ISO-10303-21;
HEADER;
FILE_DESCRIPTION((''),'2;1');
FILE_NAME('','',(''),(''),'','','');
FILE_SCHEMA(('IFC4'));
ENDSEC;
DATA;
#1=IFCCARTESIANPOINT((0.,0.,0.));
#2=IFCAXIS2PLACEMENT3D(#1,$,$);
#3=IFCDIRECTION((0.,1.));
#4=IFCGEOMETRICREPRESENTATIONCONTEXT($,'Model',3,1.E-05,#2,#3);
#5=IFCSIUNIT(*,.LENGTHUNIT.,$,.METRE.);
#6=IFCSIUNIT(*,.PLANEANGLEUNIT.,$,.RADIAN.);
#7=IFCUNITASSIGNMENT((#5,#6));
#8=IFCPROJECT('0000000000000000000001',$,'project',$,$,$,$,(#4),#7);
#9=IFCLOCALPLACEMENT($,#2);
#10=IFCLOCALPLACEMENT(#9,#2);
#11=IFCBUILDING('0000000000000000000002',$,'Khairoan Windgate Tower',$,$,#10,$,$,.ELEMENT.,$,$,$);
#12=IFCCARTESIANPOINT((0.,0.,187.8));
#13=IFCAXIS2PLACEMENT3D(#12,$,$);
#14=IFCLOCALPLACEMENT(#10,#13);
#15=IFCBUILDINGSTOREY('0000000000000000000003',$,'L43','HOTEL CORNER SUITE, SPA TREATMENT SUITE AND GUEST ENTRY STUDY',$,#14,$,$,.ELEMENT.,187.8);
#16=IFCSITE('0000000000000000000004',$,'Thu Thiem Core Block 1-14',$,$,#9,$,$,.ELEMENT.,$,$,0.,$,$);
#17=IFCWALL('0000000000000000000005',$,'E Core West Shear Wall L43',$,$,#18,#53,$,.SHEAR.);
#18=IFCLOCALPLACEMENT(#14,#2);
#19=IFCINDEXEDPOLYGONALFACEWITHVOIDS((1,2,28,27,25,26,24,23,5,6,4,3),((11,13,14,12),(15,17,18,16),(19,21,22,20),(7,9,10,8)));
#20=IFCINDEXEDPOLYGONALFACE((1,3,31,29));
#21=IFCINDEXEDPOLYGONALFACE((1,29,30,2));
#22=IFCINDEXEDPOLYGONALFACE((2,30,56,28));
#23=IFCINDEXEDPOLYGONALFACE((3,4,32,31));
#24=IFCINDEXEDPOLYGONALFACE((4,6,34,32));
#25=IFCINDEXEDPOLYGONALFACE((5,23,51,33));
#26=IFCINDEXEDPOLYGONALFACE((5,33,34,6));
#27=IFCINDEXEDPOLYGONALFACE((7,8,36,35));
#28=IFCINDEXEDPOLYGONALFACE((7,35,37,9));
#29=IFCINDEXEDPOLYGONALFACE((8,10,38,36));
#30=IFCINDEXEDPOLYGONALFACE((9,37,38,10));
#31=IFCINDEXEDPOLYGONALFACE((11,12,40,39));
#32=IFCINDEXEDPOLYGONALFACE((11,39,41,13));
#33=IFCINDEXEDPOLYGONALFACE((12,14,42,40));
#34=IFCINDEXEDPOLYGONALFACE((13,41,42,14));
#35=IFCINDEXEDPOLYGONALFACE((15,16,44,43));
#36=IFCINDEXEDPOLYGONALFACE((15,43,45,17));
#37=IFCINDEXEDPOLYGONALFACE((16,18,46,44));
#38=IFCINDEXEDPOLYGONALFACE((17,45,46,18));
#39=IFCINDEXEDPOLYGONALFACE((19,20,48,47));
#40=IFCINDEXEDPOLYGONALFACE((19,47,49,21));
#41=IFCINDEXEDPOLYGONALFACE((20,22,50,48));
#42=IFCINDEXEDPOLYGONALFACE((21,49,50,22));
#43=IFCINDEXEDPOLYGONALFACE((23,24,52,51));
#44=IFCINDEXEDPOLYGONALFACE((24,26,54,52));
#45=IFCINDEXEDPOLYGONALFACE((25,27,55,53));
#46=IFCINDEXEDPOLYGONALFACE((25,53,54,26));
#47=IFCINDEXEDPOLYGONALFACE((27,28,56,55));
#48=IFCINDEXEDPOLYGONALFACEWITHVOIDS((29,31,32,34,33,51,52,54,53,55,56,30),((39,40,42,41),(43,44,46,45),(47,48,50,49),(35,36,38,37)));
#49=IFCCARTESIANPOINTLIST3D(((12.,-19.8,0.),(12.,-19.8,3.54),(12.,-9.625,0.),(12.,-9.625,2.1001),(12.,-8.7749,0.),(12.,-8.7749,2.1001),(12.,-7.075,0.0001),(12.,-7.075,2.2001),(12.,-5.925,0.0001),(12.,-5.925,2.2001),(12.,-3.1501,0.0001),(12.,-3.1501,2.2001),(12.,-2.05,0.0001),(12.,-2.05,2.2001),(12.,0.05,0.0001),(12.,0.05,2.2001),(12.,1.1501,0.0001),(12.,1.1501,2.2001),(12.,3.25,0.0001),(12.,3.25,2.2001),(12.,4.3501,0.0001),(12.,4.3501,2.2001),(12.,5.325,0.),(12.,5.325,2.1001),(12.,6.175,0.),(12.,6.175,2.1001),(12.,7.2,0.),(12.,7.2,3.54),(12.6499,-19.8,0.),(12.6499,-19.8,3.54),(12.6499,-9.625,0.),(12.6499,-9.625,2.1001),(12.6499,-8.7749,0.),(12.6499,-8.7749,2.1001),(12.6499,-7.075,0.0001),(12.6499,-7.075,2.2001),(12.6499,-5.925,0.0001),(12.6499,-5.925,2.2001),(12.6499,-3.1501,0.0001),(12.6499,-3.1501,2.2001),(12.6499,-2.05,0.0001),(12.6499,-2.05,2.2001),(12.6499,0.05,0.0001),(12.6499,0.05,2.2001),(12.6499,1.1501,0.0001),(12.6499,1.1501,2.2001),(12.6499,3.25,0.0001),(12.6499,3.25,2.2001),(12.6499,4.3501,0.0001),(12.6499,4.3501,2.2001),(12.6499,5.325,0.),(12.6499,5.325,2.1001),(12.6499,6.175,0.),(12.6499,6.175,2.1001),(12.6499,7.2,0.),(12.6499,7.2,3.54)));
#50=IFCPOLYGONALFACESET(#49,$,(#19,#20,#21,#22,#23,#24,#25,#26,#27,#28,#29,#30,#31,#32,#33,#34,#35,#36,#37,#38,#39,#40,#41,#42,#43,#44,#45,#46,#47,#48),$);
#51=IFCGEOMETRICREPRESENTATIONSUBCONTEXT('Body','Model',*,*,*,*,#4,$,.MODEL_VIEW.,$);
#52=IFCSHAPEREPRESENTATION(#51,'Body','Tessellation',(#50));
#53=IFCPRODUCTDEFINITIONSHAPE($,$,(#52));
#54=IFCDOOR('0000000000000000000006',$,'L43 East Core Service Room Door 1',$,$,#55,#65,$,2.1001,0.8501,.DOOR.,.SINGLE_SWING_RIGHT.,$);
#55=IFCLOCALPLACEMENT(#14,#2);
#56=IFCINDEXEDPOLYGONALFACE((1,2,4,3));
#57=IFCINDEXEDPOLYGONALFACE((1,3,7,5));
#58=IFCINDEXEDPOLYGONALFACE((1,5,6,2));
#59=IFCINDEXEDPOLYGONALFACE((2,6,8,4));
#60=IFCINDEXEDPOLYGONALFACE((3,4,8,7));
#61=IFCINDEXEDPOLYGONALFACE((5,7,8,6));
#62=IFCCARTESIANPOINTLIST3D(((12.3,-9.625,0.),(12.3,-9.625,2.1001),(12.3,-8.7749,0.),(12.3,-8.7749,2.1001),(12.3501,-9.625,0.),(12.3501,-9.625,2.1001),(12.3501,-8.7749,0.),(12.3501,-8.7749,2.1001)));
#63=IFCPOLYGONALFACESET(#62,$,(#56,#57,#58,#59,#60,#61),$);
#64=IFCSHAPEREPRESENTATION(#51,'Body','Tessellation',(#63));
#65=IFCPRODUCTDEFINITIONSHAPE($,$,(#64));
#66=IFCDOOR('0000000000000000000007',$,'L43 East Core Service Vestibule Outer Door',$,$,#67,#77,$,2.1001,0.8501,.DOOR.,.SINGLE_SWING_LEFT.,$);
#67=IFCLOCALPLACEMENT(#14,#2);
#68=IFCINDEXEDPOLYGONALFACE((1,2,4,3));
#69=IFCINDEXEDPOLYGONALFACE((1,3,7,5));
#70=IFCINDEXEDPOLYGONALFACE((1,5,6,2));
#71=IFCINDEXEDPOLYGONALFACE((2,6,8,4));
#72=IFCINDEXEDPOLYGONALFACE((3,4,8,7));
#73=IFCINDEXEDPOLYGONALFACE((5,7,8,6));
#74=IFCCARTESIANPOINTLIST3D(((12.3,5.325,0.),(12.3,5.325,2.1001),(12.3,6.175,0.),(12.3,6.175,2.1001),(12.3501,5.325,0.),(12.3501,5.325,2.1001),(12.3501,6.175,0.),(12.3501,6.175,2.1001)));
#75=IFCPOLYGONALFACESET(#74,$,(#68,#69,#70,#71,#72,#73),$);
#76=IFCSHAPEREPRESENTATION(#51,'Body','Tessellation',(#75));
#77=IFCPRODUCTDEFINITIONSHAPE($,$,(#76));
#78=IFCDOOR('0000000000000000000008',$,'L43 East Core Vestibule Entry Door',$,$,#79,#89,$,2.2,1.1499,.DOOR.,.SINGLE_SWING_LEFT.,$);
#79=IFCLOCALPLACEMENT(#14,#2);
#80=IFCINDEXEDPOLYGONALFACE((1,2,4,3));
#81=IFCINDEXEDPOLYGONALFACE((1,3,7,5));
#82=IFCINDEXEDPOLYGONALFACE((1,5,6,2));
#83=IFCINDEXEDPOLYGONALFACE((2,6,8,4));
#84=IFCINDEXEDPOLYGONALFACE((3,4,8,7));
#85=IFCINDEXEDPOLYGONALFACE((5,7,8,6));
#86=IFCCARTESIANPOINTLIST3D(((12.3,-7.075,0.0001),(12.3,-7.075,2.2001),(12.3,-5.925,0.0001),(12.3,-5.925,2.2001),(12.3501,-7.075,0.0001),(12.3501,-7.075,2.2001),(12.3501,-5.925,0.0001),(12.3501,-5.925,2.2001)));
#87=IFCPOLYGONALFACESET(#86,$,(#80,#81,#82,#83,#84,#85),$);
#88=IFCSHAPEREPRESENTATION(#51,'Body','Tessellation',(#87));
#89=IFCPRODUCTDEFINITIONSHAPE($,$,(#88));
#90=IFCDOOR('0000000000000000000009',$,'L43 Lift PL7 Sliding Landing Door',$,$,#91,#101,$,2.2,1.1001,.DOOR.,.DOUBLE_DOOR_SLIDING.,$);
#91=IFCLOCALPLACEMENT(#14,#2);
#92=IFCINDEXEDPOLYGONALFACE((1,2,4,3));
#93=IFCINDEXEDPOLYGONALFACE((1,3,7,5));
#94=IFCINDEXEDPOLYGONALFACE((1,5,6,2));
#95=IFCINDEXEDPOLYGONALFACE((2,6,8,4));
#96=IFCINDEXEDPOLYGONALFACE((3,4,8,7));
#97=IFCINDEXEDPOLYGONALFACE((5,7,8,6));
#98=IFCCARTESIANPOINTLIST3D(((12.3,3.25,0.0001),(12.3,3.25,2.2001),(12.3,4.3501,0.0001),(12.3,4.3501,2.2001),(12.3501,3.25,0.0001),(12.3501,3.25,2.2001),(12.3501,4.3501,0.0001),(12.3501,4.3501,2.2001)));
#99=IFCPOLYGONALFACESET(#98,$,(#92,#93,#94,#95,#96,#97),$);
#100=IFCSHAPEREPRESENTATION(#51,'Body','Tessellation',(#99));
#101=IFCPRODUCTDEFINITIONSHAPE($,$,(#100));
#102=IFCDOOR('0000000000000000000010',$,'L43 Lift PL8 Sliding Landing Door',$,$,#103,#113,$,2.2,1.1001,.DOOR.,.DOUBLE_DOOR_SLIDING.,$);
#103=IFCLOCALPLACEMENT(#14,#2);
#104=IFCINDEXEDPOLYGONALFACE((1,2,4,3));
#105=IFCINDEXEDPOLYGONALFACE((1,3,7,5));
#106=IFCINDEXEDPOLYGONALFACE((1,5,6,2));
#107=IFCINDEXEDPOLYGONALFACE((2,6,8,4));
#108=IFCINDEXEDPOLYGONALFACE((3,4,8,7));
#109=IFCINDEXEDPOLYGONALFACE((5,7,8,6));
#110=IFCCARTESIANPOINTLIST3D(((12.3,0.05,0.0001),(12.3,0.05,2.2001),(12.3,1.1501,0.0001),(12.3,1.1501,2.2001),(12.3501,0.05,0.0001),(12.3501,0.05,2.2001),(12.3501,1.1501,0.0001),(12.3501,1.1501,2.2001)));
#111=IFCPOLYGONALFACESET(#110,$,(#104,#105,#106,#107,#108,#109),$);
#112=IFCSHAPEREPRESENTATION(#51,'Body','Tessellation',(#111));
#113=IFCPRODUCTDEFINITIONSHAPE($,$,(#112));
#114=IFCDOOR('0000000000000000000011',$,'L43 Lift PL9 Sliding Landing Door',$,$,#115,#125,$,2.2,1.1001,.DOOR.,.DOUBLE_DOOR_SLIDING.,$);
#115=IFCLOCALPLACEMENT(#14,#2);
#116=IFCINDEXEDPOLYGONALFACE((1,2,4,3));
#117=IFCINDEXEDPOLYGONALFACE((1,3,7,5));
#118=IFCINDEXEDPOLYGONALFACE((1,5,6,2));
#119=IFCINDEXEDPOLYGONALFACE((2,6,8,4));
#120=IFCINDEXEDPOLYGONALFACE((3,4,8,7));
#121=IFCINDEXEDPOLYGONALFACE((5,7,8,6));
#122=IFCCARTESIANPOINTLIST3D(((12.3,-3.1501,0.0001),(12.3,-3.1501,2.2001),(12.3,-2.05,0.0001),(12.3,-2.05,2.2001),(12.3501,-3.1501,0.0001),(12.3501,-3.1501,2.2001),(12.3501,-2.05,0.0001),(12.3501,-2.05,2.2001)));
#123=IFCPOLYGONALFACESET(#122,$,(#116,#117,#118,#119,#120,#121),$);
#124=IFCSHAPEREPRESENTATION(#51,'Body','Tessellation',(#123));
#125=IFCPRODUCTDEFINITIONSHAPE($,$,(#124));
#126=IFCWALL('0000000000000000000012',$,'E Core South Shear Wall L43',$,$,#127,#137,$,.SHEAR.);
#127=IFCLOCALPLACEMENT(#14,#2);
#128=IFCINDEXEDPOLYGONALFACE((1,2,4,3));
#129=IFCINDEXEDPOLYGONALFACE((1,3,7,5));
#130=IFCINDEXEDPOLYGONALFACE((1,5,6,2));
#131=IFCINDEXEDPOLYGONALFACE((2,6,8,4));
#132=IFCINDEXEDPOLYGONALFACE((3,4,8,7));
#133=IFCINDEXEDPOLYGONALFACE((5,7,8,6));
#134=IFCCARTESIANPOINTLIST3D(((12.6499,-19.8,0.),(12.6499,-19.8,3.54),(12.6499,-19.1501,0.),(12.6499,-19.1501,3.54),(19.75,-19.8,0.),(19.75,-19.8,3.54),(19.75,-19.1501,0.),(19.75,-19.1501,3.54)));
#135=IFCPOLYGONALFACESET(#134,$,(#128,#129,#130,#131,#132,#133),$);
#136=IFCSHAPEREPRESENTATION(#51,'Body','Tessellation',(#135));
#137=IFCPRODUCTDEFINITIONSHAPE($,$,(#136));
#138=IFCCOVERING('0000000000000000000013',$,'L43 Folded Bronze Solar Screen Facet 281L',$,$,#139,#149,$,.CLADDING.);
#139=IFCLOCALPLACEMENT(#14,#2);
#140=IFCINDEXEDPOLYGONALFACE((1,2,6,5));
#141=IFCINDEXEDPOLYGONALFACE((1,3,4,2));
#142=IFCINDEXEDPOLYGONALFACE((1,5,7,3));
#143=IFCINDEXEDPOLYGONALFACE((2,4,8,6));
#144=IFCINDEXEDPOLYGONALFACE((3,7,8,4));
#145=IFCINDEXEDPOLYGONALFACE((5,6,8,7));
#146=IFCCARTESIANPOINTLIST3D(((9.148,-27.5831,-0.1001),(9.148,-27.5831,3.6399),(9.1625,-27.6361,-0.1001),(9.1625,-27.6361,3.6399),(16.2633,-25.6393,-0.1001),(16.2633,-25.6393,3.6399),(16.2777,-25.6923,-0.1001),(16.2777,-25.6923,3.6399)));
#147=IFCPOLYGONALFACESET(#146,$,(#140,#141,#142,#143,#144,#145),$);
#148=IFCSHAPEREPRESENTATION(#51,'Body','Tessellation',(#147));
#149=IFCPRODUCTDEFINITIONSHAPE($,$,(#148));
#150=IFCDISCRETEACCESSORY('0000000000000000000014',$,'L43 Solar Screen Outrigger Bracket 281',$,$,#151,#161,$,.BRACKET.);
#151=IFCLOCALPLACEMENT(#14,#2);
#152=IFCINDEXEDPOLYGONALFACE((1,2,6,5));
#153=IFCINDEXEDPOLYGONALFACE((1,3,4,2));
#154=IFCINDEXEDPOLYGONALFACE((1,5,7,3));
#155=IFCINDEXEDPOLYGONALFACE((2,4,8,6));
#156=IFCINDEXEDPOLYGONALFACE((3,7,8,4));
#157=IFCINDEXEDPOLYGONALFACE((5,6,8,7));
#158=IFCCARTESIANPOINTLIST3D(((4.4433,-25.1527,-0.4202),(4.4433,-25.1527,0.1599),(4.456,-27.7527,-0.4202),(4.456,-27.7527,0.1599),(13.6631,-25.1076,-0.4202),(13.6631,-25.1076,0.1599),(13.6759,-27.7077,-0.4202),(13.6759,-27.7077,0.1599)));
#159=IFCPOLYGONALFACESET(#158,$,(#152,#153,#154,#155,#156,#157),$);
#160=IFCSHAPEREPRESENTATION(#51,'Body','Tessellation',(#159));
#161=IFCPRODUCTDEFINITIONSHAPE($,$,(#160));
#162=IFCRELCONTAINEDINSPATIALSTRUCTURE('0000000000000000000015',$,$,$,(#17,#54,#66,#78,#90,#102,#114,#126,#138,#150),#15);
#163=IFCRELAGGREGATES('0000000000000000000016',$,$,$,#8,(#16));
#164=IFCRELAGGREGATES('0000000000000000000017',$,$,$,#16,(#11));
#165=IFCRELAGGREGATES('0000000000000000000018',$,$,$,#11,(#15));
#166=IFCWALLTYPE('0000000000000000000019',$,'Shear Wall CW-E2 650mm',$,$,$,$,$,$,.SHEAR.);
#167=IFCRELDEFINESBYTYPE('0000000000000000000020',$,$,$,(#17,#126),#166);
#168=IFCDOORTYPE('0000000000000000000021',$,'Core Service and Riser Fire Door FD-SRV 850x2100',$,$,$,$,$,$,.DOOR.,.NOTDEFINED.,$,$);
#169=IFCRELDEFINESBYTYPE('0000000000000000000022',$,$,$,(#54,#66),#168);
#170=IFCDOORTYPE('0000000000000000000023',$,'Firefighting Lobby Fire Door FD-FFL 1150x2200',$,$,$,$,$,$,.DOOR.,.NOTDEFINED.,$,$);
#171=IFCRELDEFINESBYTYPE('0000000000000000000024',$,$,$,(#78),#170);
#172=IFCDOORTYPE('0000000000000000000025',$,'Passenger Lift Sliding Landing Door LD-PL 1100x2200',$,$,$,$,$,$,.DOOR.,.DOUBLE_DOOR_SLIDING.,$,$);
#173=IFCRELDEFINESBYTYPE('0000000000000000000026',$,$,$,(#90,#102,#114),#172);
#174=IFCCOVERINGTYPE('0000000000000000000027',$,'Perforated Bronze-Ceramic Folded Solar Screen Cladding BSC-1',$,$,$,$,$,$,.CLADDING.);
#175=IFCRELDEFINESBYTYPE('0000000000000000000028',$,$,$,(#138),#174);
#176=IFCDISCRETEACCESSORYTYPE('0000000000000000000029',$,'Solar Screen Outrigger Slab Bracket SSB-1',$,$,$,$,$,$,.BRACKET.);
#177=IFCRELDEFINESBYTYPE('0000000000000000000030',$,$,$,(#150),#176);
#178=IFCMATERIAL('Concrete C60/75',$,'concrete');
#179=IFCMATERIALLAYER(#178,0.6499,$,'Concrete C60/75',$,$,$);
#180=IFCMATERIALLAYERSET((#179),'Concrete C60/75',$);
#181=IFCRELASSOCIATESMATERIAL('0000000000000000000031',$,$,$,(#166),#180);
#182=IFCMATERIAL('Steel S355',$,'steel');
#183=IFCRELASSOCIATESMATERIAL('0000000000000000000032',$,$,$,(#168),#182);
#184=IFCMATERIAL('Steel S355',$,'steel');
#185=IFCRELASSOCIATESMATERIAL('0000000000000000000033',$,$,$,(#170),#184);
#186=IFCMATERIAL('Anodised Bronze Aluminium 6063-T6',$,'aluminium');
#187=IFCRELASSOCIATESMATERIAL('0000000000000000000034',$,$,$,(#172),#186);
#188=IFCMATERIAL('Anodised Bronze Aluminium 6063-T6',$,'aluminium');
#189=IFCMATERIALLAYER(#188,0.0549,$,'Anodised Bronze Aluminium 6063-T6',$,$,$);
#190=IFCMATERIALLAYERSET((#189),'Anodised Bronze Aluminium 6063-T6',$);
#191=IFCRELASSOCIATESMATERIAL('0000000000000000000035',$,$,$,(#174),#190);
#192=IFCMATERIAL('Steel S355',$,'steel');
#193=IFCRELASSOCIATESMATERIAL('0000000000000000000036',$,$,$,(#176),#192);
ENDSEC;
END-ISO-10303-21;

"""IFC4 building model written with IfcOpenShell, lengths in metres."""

from ifc_helpers import new_model, si_unit, direction, frame, frame_2d, origin, origin_2d, place, context, subcontext, project, spatial, rectangle, extrude, material, layer, layer_set, type_object, element, fill, save


model = new_model("IFC4")

# Units and contexts
model_context = context("Model", 3, precision=1e-05, world=origin(), true_north=direction((0.0, 1.0)))
body_context = subcontext(model_context, "Body", "Model", "MODEL_VIEW")
ifc_project = project(units=[si_unit("LENGTHUNIT", "METRE"), si_unit("PLANEANGLEUNIT", "RADIAN")], contexts=[model_context])

# Site, building, storey
site_placement = place(None, origin())
site = spatial("IfcSite", under=ifc_project, at=site_placement, Name="Thu Thiem Core Block 1-14", CompositionType="ELEMENT", RefElevation=0.0)
building_placement = place(site_placement, origin())
building = spatial("IfcBuilding", under=site, at=building_placement, Name="Khairoan Windgate Tower", CompositionType="ELEMENT")
storey_placement = place(building_placement, frame((0.0, 0.0, 187.8)))
storey = spatial("IfcBuildingStorey", under=building, at=storey_placement, Name="L43", Description="HOTEL CORNER SUITE, SPA TREATMENT SUITE AND GUEST ENTRY STUDY", CompositionType="ELEMENT", Elevation=187.8)

# Wall, openings, doors
ifc_material_1 = material(Name="Concrete C60/75", Category="concrete")
ifc_layer_1 = layer(ifc_material_1, 0.6499, Name="Concrete C60/75")
ifc_layer_set_1 = layer_set([ifc_layer_1], Name="Concrete C60/75")
wall_type_1 = type_object("IfcWallType", Name="Shear Wall CW-E2 650mm", PredefinedType="SHEAR", material=ifc_layer_set_1)
wall_1_placement = place(storey_placement, frame((12.325, -19.8, 0.0), z_axis=(0.0, 0.0, 1.0), x_axis=(0.0, 1.0, 0.0)))
wall_1 = element("IfcWall", 1, at=wall_1_placement, inside=storey, type_object=wall_type_1, Name="E Core West Shear Wall L43", PredefinedType="SHEAR", context=body_context, shape_type="SweptSolid", body=[
    extrude(rectangle(XDim=27.0, YDim=0.6499, at=frame_2d((13.5, 0.0))), origin(), (0.0, 0.0, 1.0), 3.54),
])
opening_1_placement = place(wall_1_placement, frame((23.05, 0.0, 0.0)))
opening_1 = element("IfcOpeningElement", 2, at=opening_1_placement, cuts=wall_1, PredefinedType="OPENING", context=body_context, shape_type="SweptSolid", body=[
    extrude(rectangle(XDim=1.1001, YDim=2.2, at=frame_2d((0.55, 1.1001))), frame((0.0, 0.335, 0.0), z_axis=(0.0, -1.0, 0.0), x_axis=(1.0, 0.0, 0.0)), (0.0, 0.0, 1.0), 0.6699),
])
opening_2_placement = place(wall_1_placement, frame((19.8501, 0.0, 0.0)))
opening_2 = element("IfcOpeningElement", 3, at=opening_2_placement, cuts=wall_1, PredefinedType="OPENING", context=body_context, shape_type="SweptSolid", body=[
    extrude(rectangle(XDim=1.1001, YDim=2.2, at=frame_2d((0.55, 1.1001))), frame((0.0, 0.335, 0.0), z_axis=(0.0, -1.0, 0.0), x_axis=(1.0, 0.0, 0.0)), (0.0, 0.0, 1.0), 0.6699),
])
opening_3_placement = place(wall_1_placement, frame((16.6499, 0.0, 0.0)))
opening_3 = element("IfcOpeningElement", 4, at=opening_3_placement, cuts=wall_1, PredefinedType="OPENING", context=body_context, shape_type="SweptSolid", body=[
    extrude(rectangle(XDim=1.1001, YDim=2.2, at=frame_2d((0.55, 1.1001))), frame((0.0, 0.335, 0.0), z_axis=(0.0, -1.0, 0.0), x_axis=(1.0, 0.0, 0.0)), (0.0, 0.0, 1.0), 0.6699),
])
opening_4_placement = place(wall_1_placement, frame((10.175, 0.0, 0.0)))
opening_4 = element("IfcOpeningElement", 5, at=opening_4_placement, cuts=wall_1, PredefinedType="OPENING", context=body_context, shape_type="SweptSolid", body=[
    extrude(rectangle(XDim=0.8501, YDim=2.1001, at=frame_2d((0.425, 1.05))), frame((0.0, 0.335, 0.0), z_axis=(0.0, -1.0, 0.0), x_axis=(1.0, 0.0, 0.0)), (0.0, 0.0, 1.0), 0.6699),
])
opening_5_placement = place(wall_1_placement, frame((12.7251, 0.0, 0.0)))
opening_5 = element("IfcOpeningElement", 6, at=opening_5_placement, cuts=wall_1, PredefinedType="OPENING", context=body_context, shape_type="SweptSolid", body=[
    extrude(rectangle(XDim=1.1499, YDim=2.2, at=frame_2d((0.575, 1.1001))), frame((0.0, 0.335, 0.0), z_axis=(0.0, -1.0, 0.0), x_axis=(1.0, 0.0, 0.0)), (0.0, 0.0, 1.0), 0.6699),
])
opening_6_placement = place(wall_1_placement, frame((25.125, 0.0, 0.0)))
opening_6 = element("IfcOpeningElement", 7, at=opening_6_placement, cuts=wall_1, PredefinedType="OPENING", context=body_context, shape_type="SweptSolid", body=[
    extrude(rectangle(XDim=0.8501, YDim=2.1001, at=frame_2d((0.425, 1.05))), frame((0.0, 0.335, 0.0), z_axis=(0.0, -1.0, 0.0), x_axis=(1.0, 0.0, 0.0)), (0.0, 0.0, 1.0), 0.6699),
])
ifc_material_2 = material(Name="Steel S355", Category="steel")
door_type_1 = type_object("IfcDoorType", Name="Core Service and Riser Fire Door FD-SRV 850x2100", OperationType="NOTDEFINED", PredefinedType="DOOR", material=ifc_material_2)
door_1_placement = place(opening_4_placement, origin())
door_1 = element("IfcDoor", 8, at=door_1_placement, inside=storey, type_object=door_type_1, Name="L43 East Core Service Room Door 1", OperationType="SINGLE_SWING_RIGHT", OverallHeight=2.1001, OverallWidth=0.8501, PredefinedType="DOOR", context=body_context, shape_type="SweptSolid", body=[
    extrude(rectangle(XDim=0.8501, YDim=2.1001, at=frame_2d((0.425, 1.05))), frame((0.0, 0.0249, 0.0), z_axis=(0.0, -1.0, 0.0), x_axis=(1.0, 0.0, 0.0)), (0.0, 0.0, 1.0), 0.05),
])
fill(opening_4, door_1)
door_2_placement = place(opening_6_placement, origin())
door_2 = element("IfcDoor", 9, at=door_2_placement, inside=storey, type_object=door_type_1, Name="L43 East Core Service Vestibule Outer Door", OperationType="SINGLE_SWING_LEFT", OverallHeight=2.1001, OverallWidth=0.8501, PredefinedType="DOOR", context=body_context, shape_type="SweptSolid", body=[
    extrude(rectangle(XDim=0.8501, YDim=2.1001, at=frame_2d((0.425, 1.05))), frame((0.0, 0.0249, 0.0), z_axis=(0.0, -1.0, 0.0), x_axis=(1.0, 0.0, 0.0)), (0.0, 0.0, 1.0), 0.05),
])
fill(opening_6, door_2)
ifc_material_3 = material(Name="Steel S355", Category="steel")
door_type_2 = type_object("IfcDoorType", Name="Firefighting Lobby Fire Door FD-FFL 1150x2200", OperationType="NOTDEFINED", PredefinedType="DOOR", material=ifc_material_3)
door_3_placement = place(opening_5_placement, origin())
door_3 = element("IfcDoor", 10, at=door_3_placement, inside=storey, type_object=door_type_2, Name="L43 East Core Vestibule Entry Door", OperationType="SINGLE_SWING_LEFT", OverallHeight=2.2, OverallWidth=1.1499, PredefinedType="DOOR", context=body_context, shape_type="SweptSolid", body=[
    extrude(rectangle(XDim=1.1499, YDim=2.2, at=frame_2d((0.575, 1.1001))), frame((0.0, 0.0249, 0.0), z_axis=(0.0, -1.0, 0.0), x_axis=(1.0, 0.0, 0.0)), (0.0, 0.0, 1.0), 0.05),
])
fill(opening_5, door_3)
ifc_material_4 = material(Name="Anodised Bronze Aluminium 6063-T6", Category="aluminium")
door_type_3 = type_object("IfcDoorType", Name="Passenger Lift Sliding Landing Door LD-PL 1100x2200", OperationType="DOUBLE_DOOR_SLIDING", PredefinedType="DOOR", material=ifc_material_4)
door_4_placement = place(opening_1_placement, origin())
door_4 = element("IfcDoor", 11, at=door_4_placement, inside=storey, type_object=door_type_3, Name="L43 Lift PL7 Sliding Landing Door", OperationType="DOUBLE_DOOR_SLIDING", OverallHeight=2.2, OverallWidth=1.1001, PredefinedType="DOOR", context=body_context, shape_type="SweptSolid", body=[
    extrude(rectangle(XDim=1.1001, YDim=2.2, at=frame_2d((0.55, 1.1001))), frame((0.0, 0.0249, 0.0), z_axis=(0.0, -1.0, 0.0), x_axis=(1.0, 0.0, 0.0)), (0.0, 0.0, 1.0), 0.05),
])
fill(opening_1, door_4)
door_5_placement = place(opening_2_placement, origin())
door_5 = element("IfcDoor", 12, at=door_5_placement, inside=storey, type_object=door_type_3, Name="L43 Lift PL8 Sliding Landing Door", OperationType="DOUBLE_DOOR_SLIDING", OverallHeight=2.2, OverallWidth=1.1001, PredefinedType="DOOR", context=body_context, shape_type="SweptSolid", body=[
    extrude(rectangle(XDim=1.1001, YDim=2.2, at=frame_2d((0.55, 1.1001))), frame((0.0, 0.0249, 0.0), z_axis=(0.0, -1.0, 0.0), x_axis=(1.0, 0.0, 0.0)), (0.0, 0.0, 1.0), 0.05),
])
fill(opening_2, door_5)
door_6_placement = place(opening_3_placement, origin())
door_6 = element("IfcDoor", 13, at=door_6_placement, inside=storey, type_object=door_type_3, Name="L43 Lift PL9 Sliding Landing Door", OperationType="DOUBLE_DOOR_SLIDING", OverallHeight=2.2, OverallWidth=1.1001, PredefinedType="DOOR", context=body_context, shape_type="SweptSolid", body=[
    extrude(rectangle(XDim=1.1001, YDim=2.2, at=frame_2d((0.55, 1.1001))), frame((0.0, 0.0249, 0.0), z_axis=(0.0, -1.0, 0.0), x_axis=(1.0, 0.0, 0.0)), (0.0, 0.0, 1.0), 0.05),
])
fill(opening_3, door_6)

# Wall
wall_2_placement = place(storey_placement, frame((12.6499, -19.4751, 0.0), z_axis=(0.0, 0.0, 1.0), x_axis=(1.0, 0.0, 0.0)))
element("IfcWall", 14, at=wall_2_placement, inside=storey, type_object=wall_type_1, Name="E Core South Shear Wall L43", PredefinedType="SHEAR", context=body_context, shape_type="SweptSolid", body=[
    extrude(rectangle(XDim=7.1001, YDim=0.6499, at=frame_2d((3.55, 0.0))), origin(), (0.0, 0.0, 1.0), 3.54),
])

# Covering
ifc_material_5 = material(Name="Anodised Bronze Aluminium 6063-T6", Category="aluminium")
ifc_layer_2 = layer(ifc_material_5, 0.0549, Name="Anodised Bronze Aluminium 6063-T6")
ifc_layer_set_2 = layer_set([ifc_layer_2], Name="Anodised Bronze Aluminium 6063-T6")
covering_type = type_object("IfcCoveringType", Name="Perforated Bronze-Ceramic Folded Solar Screen Cladding BSC-1", PredefinedType="CLADDING", material=ifc_layer_set_2)
covering_placement = place(storey_placement, frame((12.7129, -26.6377, -0.1001), z_axis=(0.0, 0.0, 1.0), x_axis=(-0.964649, -0.263536, 0.0)))
element("IfcCovering", 15, at=covering_placement, inside=storey, type_object=covering_type, Name="L43 Folded Bronze Solar Screen Facet 281L", PredefinedType="CLADDING", context=body_context, shape_type="SweptSolid", body=[
    extrude(rectangle(XDim=7.376, YDim=0.0549, at=origin_2d()), origin(), (0.0, 0.0, 1.0), 3.74),
])

# Discrete accessory
ifc_material_6 = material(Name="Steel S355", Category="steel")
discrete_accessory_type = type_object("IfcDiscreteAccessoryType", Name="Solar Screen Outrigger Slab Bracket SSB-1", PredefinedType="BRACKET", material=ifc_material_6)
discrete_accessory_placement = place(storey_placement, frame((9.0596, -26.4302, -0.4202), z_axis=(0.0, 0.0, 1.0), x_axis=(-0.999988, -0.004887, 0.0)))
element("IfcDiscreteAccessory", 16, at=discrete_accessory_placement, inside=storey, type_object=discrete_accessory_type, Name="L43 Solar Screen Outrigger Bracket 281", PredefinedType="BRACKET", context=body_context, shape_type="SweptSolid", body=[
    extrude(rectangle(XDim=9.22, YDim=2.6001, at=origin_2d()), origin(), (0.0, 0.0, 1.0), 0.5801),
])

save(model, "model.ifc")
